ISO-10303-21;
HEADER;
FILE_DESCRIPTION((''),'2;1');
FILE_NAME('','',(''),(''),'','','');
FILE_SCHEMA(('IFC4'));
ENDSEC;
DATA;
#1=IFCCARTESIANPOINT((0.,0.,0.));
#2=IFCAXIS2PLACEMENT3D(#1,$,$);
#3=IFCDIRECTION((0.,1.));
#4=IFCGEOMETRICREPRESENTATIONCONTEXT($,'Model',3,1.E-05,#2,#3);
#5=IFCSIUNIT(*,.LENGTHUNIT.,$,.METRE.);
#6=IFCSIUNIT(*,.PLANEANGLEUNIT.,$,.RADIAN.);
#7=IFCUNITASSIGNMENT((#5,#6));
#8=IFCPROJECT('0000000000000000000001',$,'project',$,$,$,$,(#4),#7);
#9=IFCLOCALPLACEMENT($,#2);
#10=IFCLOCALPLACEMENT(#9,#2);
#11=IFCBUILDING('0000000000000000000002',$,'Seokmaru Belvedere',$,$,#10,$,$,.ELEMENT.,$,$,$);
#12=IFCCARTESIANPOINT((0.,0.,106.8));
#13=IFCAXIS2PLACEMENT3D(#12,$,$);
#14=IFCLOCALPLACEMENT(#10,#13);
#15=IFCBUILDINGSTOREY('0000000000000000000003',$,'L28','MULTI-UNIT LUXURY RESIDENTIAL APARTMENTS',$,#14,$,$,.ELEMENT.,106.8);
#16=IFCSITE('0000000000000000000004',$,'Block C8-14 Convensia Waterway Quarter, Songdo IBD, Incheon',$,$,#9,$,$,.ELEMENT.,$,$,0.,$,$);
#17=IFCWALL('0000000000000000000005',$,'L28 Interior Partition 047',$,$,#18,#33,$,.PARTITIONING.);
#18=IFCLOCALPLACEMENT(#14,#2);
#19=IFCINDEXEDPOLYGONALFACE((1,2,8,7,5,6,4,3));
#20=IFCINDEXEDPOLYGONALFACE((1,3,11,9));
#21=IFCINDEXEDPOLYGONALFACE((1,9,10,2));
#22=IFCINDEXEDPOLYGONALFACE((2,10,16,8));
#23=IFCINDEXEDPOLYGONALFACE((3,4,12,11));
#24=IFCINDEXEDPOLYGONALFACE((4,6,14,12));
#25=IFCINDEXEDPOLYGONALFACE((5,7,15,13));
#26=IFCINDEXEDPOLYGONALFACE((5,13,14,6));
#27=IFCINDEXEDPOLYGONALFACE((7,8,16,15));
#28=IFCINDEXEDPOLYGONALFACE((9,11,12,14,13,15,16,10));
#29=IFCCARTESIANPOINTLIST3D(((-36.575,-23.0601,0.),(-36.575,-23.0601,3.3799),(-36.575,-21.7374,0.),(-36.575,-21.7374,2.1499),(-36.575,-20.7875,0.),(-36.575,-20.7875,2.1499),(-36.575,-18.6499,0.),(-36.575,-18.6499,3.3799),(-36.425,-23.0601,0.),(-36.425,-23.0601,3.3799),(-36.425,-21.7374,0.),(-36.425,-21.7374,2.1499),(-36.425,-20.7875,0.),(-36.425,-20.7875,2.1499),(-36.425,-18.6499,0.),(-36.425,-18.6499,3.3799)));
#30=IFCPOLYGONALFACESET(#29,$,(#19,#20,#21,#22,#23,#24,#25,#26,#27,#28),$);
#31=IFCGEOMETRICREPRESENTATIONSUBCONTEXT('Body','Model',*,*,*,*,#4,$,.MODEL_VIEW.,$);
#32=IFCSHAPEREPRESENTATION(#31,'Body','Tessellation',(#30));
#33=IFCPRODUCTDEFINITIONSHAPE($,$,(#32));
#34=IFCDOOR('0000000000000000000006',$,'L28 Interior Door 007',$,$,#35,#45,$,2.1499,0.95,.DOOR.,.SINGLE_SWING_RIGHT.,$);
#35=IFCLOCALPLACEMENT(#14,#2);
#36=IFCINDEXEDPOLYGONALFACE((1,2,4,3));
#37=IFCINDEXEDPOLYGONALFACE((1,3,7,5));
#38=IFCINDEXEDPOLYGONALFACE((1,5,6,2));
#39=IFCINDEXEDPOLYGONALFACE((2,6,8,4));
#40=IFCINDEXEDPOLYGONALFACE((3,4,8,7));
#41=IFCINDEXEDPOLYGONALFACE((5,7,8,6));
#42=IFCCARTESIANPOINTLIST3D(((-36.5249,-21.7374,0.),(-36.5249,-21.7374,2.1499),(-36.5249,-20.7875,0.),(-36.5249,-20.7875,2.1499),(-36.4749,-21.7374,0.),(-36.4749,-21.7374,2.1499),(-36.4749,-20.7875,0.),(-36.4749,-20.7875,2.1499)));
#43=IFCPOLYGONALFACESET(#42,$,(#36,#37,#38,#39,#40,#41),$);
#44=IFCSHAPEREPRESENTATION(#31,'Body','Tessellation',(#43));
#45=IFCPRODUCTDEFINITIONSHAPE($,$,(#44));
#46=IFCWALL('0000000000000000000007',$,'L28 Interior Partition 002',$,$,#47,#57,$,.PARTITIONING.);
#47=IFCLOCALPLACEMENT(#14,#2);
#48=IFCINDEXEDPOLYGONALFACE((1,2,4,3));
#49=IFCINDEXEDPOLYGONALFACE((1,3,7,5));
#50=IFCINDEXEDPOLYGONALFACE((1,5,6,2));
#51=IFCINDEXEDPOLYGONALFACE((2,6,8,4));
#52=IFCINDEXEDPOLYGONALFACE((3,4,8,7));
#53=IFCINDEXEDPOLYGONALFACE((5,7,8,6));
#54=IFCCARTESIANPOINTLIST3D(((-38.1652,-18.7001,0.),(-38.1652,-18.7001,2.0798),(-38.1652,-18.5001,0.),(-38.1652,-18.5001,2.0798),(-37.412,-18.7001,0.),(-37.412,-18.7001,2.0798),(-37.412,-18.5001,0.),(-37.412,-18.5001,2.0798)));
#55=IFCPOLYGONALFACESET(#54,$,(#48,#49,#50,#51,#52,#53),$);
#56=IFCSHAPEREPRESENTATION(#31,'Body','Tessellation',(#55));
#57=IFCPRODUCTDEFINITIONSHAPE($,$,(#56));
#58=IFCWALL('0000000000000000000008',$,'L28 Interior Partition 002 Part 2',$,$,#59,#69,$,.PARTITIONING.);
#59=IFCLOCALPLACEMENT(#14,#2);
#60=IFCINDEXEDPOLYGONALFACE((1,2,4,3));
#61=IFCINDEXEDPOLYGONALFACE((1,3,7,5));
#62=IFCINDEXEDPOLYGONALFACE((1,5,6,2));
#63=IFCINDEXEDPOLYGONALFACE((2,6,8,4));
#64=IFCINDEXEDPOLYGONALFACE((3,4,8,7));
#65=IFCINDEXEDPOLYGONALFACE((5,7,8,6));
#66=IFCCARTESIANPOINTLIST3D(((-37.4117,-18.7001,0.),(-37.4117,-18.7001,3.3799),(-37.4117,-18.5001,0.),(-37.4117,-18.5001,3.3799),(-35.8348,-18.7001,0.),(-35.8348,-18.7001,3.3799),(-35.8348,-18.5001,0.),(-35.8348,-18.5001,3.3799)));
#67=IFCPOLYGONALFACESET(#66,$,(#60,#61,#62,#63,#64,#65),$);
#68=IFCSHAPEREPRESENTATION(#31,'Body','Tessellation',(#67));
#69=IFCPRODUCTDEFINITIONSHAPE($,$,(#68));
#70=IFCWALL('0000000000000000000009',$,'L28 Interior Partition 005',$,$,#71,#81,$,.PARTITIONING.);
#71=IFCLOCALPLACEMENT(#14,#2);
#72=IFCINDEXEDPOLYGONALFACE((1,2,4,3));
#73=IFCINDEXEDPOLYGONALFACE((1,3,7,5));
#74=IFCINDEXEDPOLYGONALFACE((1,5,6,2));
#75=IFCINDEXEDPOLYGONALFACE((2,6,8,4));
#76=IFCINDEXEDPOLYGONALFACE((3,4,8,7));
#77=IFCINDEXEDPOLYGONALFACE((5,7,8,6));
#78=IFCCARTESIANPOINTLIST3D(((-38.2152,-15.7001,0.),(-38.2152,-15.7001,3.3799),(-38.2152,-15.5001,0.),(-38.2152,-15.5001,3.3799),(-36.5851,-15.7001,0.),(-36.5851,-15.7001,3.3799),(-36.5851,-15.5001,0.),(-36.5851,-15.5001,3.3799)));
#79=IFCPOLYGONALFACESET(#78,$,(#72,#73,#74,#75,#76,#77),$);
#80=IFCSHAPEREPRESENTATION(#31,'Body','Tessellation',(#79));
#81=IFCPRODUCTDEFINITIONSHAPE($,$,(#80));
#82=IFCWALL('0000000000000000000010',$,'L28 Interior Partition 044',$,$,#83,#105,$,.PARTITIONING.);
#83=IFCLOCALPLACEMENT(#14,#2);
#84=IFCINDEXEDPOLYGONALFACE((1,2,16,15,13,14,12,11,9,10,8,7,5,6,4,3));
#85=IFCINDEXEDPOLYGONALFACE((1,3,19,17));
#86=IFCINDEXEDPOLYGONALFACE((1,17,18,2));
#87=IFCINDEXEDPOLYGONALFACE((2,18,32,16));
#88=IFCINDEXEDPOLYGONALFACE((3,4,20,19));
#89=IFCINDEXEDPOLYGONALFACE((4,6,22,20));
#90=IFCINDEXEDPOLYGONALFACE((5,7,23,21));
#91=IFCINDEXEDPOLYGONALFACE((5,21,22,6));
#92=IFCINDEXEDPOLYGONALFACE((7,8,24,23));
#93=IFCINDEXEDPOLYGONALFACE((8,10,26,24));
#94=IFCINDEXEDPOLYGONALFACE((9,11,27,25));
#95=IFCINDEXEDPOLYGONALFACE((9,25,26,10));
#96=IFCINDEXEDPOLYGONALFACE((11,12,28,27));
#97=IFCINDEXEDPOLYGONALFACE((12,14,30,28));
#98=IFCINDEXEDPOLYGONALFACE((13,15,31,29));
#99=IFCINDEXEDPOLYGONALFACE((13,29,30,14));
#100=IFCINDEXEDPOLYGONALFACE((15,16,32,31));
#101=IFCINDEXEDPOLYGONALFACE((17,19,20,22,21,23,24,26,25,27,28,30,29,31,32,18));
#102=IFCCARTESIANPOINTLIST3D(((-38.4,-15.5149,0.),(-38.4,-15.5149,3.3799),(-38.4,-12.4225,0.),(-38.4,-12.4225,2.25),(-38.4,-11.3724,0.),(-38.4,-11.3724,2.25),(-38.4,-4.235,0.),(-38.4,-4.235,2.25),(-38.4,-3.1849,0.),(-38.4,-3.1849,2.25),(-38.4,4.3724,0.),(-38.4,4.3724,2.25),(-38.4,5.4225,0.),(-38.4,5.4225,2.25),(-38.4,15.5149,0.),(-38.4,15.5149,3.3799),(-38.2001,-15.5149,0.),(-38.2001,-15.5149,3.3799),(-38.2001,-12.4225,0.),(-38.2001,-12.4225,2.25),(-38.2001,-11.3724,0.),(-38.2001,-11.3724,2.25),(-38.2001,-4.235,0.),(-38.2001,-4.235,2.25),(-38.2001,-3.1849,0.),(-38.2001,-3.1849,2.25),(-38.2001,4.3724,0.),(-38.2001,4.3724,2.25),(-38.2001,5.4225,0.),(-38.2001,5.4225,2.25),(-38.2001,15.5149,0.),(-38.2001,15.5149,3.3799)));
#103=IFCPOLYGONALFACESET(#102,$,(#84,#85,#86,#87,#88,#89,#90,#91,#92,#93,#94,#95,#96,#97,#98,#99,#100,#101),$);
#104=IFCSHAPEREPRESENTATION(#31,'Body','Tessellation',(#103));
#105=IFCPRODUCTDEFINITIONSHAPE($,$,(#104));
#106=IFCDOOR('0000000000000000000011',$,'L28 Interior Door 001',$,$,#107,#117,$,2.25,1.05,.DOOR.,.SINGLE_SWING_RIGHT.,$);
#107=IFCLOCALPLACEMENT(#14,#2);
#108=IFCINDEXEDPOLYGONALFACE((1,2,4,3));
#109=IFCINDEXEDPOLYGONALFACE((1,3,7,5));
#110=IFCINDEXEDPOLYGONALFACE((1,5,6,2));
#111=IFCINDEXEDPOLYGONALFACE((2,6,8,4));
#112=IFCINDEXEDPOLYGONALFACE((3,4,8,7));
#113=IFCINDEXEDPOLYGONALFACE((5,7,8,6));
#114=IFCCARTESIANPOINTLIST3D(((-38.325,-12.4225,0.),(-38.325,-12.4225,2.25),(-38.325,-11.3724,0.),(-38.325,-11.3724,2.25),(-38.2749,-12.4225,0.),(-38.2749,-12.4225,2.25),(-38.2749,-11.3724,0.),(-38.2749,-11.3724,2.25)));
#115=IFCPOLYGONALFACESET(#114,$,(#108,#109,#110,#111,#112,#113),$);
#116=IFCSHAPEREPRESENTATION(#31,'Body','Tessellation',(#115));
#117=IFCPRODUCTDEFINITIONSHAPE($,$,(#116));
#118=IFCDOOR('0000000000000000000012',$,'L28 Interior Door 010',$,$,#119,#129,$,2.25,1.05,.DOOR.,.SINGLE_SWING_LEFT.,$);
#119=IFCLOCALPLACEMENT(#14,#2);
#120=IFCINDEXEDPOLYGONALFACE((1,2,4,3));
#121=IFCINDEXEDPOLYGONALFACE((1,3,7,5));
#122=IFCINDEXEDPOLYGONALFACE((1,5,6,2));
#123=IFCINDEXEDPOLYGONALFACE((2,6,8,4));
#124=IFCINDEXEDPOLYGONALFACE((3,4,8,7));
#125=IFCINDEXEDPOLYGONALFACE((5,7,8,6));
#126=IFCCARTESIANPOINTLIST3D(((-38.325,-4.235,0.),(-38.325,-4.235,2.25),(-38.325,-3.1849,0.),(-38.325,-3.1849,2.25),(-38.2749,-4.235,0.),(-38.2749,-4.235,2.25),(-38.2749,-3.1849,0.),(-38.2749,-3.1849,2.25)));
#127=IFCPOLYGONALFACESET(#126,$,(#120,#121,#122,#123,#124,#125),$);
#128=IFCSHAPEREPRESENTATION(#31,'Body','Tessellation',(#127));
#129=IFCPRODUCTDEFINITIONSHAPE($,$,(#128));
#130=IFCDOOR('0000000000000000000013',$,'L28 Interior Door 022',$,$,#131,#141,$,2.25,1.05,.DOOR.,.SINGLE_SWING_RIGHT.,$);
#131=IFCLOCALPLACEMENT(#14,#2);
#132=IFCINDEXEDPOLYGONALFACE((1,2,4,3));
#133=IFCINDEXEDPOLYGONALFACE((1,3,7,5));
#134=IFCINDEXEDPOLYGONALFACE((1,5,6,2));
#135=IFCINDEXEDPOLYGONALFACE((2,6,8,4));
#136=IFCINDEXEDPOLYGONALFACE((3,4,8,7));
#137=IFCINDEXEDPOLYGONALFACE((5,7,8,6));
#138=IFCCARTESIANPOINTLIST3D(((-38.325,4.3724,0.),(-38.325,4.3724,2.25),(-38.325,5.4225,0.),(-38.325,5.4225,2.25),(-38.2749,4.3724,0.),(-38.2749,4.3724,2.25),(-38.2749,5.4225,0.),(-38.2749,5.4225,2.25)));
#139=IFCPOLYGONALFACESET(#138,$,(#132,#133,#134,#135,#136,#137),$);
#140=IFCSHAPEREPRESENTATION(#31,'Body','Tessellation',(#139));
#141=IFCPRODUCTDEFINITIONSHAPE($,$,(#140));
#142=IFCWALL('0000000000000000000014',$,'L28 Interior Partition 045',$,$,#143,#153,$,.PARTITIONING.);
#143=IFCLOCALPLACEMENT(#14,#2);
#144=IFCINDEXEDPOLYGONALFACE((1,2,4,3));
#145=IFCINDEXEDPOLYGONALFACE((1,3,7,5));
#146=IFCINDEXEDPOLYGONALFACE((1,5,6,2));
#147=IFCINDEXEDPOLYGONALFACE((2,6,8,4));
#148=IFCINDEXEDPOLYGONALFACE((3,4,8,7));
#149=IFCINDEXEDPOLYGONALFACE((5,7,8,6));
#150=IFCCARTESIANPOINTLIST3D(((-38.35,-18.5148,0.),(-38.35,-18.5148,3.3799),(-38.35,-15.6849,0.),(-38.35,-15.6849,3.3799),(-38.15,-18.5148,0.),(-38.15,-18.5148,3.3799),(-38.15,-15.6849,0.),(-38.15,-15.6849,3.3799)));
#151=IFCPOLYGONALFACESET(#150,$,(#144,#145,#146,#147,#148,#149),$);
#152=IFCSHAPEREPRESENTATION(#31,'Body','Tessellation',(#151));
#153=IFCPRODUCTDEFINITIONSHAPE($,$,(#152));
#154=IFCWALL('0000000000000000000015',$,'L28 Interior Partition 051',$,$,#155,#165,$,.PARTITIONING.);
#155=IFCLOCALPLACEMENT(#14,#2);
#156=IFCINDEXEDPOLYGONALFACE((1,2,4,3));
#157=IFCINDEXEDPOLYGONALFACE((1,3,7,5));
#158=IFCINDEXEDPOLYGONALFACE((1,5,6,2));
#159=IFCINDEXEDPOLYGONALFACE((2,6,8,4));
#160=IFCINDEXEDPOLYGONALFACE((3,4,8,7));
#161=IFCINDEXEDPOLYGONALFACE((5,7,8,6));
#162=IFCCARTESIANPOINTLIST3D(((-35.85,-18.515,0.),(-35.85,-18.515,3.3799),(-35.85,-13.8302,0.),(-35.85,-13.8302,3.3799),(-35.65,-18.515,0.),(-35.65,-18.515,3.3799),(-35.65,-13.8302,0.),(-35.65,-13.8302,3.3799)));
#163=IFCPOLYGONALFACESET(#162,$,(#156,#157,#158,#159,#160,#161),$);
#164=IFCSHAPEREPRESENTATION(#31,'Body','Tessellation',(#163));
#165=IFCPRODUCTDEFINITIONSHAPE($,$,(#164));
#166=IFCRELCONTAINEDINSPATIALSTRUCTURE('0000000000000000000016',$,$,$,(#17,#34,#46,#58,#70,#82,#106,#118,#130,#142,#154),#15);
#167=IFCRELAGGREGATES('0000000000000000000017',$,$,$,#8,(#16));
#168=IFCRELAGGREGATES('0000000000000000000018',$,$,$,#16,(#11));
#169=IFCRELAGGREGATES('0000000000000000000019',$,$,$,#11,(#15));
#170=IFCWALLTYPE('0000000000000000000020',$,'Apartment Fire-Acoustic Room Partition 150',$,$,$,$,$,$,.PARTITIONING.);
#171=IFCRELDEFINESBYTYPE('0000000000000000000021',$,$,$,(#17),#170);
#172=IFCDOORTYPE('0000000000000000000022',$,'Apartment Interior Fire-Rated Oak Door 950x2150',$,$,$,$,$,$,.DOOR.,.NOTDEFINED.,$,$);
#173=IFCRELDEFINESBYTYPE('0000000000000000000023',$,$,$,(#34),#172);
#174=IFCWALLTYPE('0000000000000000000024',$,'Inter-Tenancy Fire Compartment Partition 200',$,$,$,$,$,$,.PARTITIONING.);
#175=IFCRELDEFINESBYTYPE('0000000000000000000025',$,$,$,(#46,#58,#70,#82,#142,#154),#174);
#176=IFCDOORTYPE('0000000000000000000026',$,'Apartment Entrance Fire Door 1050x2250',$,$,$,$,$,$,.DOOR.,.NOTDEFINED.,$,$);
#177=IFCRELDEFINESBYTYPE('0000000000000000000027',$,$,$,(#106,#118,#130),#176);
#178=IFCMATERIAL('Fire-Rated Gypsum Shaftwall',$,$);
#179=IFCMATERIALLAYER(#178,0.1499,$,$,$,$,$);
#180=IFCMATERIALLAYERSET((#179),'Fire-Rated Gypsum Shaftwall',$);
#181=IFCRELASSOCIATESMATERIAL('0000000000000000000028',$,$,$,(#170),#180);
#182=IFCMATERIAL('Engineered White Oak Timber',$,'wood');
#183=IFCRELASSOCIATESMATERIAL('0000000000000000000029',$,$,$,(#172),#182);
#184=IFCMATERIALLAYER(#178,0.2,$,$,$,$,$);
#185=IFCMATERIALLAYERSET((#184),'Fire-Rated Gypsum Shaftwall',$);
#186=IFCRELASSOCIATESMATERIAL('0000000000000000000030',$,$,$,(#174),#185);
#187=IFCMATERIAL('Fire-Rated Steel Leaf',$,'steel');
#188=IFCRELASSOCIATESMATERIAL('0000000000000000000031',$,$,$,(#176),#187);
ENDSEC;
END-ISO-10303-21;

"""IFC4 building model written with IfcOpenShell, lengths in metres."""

from ifc_helpers import new_model, si_unit, direction, frame, frame_2d, origin, place, context, subcontext, project, spatial, rectangle, extrude, source, transform, mapped, material, layer, layer_set, type_object, type_shapes, element, fill, save


model = new_model("IFC4")

# Units and contexts
model_context = context("Model", 3, precision=1e-05, world=origin(), true_north=direction((0.0, 1.0)))
body_context = subcontext(model_context, "Body", "Model", "MODEL_VIEW")
ifc_project = project(units=[si_unit("LENGTHUNIT", "METRE"), si_unit("PLANEANGLEUNIT", "RADIAN")], contexts=[model_context])

# Site, building, storey
site_placement = place(None, origin())
site = spatial("IfcSite", under=ifc_project, at=site_placement, Name="Block C8-14 Convensia Waterway Quarter, Songdo IBD, Incheon", CompositionType="ELEMENT", RefElevation=0.0)
building_placement = place(site_placement, origin())
building = spatial("IfcBuilding", under=site, at=building_placement, Name="Seokmaru Belvedere", CompositionType="ELEMENT")
storey_placement = place(building_placement, frame((0.0, 0.0, 106.8)))
storey = spatial("IfcBuildingStorey", under=building, at=storey_placement, Name="L28", Description="MULTI-UNIT LUXURY RESIDENTIAL APARTMENTS", CompositionType="ELEMENT", Elevation=106.8)

# Shared definitions
ifc_material_1 = material(Name="Fire-Rated Gypsum Shaftwall")
ifc_layer_1 = layer(ifc_material_1, 0.1499)
ifc_layer_set_1 = layer_set([ifc_layer_1], Name="Fire-Rated Gypsum Shaftwall")
wall_type_1 = type_object("IfcWallType", Name="Apartment Fire-Acoustic Room Partition 150", PredefinedType="PARTITIONING", material=ifc_layer_set_1)

# Wall, opening, door
wall_1_placement = place(storey_placement, frame((-36.5, -23.0601, 0.0), z_axis=(0.0, 0.0, 1.0), x_axis=(0.0, 1.0, 0.0)))
wall_1 = element("IfcWall", 1, at=wall_1_placement, inside=storey, type_object=wall_type_1, Name="L28 Interior Partition 047", PredefinedType="PARTITIONING", context=body_context, shape_type="SweptSolid", body=[
    extrude(rectangle(XDim=4.4102, YDim=0.1499, at=frame_2d((2.2051, 0.0))), origin(), (0.0, 0.0, 1.0), 3.3799),
])
opening_1_placement = place(wall_1_placement, frame((1.3225, 0.0, 0.0)))
opening_1 = element("IfcOpeningElement", 2, at=opening_1_placement, cuts=wall_1, PredefinedType="OPENING", context=body_context, shape_type="SweptSolid", body=[
    extrude(rectangle(XDim=0.95, YDim=2.1499, at=frame_2d((0.4751, 1.075))), frame((0.0, 0.085, 0.0), z_axis=(0.0, -1.0, 0.0), x_axis=(1.0, 0.0, 0.0)), (0.0, 0.0, 1.0), 0.1699),
])
ifc_material_2 = material(Name="Engineered White Oak Timber", Category="wood")
door_type_1 = type_object("IfcDoorType", Name="Apartment Interior Fire-Rated Oak Door 950x2150", OperationType="NOTDEFINED", PredefinedType="DOOR", material=ifc_material_2)
shared_shape_1 = source(origin(), body_context, "Body", "SweptSolid", [
    extrude(rectangle(XDim=0.95, YDim=2.1499, at=frame_2d((0.4751, 1.075))), frame((0.0, 0.0249, 0.0), z_axis=(0.0, -1.0, 0.0), x_axis=(1.0, 0.0, 0.0)), (0.0, 0.0, 1.0), 0.05),
])
type_shapes(door_type_1, [shared_shape_1])
door_1_placement = place(opening_1_placement, origin())
door_1 = element("IfcDoor", 3, at=door_1_placement, inside=storey, type_object=door_type_1, Name="L28 Interior Door 007", OperationType="SINGLE_SWING_RIGHT", OverallHeight=2.1499, OverallWidth=0.95, PredefinedType="DOOR", context=body_context, shape_type="MappedRepresentation", body=[
    mapped(shared_shape_1, transform((0.0, 0.0, 0.0), scale=1.0)),
])
fill(opening_1, door_1)

# Walls
ifc_layer_2 = layer(ifc_material_1, 0.2)
ifc_layer_set_2 = layer_set([ifc_layer_2], Name="Fire-Rated Gypsum Shaftwall")
wall_type_2 = type_object("IfcWallType", Name="Inter-Tenancy Fire Compartment Partition 200", PredefinedType="PARTITIONING", material=ifc_layer_set_2)
wall_2_placement = place(storey_placement, frame((-38.165, -18.6001, 0.0), z_axis=(0.0, 0.0, 1.0), x_axis=(1.0, 0.0, 0.0)))
element("IfcWall", 4, at=wall_2_placement, inside=storey, type_object=wall_type_2, Name="L28 Interior Partition 002", PredefinedType="PARTITIONING", context=body_context, shape_type="SweptSolid", body=[
    extrude(rectangle(XDim=0.7532, YDim=0.2, at=frame_2d((0.3765, 0.0))), origin(), (0.0, 0.0, 1.0), 2.0798),
])
wall_3_placement = place(storey_placement, frame((-37.4119, -18.6001, 0.0), z_axis=(0.0, 0.0, 1.0), x_axis=(1.0, 0.0, 0.0)))
element("IfcWall", 5, at=wall_3_placement, inside=storey, type_object=wall_type_2, Name="L28 Interior Partition 002 Part 2", PredefinedType="PARTITIONING", context=body_context, shape_type="SweptSolid", body=[
    extrude(rectangle(XDim=1.5769, YDim=0.2, at=frame_2d((0.7886, 0.0))), origin(), (0.0, 0.0, 1.0), 3.3799),
])
wall_4_placement = place(storey_placement, frame((-38.2151, -15.6001, 0.0), z_axis=(0.0, 0.0, 1.0), x_axis=(1.0, 0.0, 0.0)))
element("IfcWall", 6, at=wall_4_placement, inside=storey, type_object=wall_type_2, Name="L28 Interior Partition 005", PredefinedType="PARTITIONING", context=body_context, shape_type="SweptSolid", body=[
    extrude(rectangle(XDim=1.6301, YDim=0.2, at=frame_2d((0.8149, 0.0))), origin(), (0.0, 0.0, 1.0), 3.3799),
])

# Wall, openings, doors
wall_5_placement = place(storey_placement, frame((-38.3, -15.5149, 0.0), z_axis=(0.0, 0.0, 1.0), x_axis=(0.0, 1.0, 0.0)))
wall_5 = element("IfcWall", 7, at=wall_5_placement, inside=storey, type_object=wall_type_2, Name="L28 Interior Partition 044", PredefinedType="PARTITIONING", context=body_context, shape_type="SweptSolid", body=[
    extrude(rectangle(XDim=31.0298, YDim=0.2, at=frame_2d((15.5149, 0.0))), origin(), (0.0, 0.0, 1.0), 3.3799),
])
opening_2_placement = place(wall_5_placement, frame((3.0925, 0.0, 0.0)))
opening_2 = element("IfcOpeningElement", 8, at=opening_2_placement, cuts=wall_5, PredefinedType="OPENING", context=body_context, shape_type="SweptSolid", body=[
    extrude(rectangle(XDim=1.05, YDim=2.25, at=frame_2d((0.5249, 1.125))), frame((0.0, 0.1099, 0.0), z_axis=(0.0, -1.0, 0.0), x_axis=(1.0, 0.0, 0.0)), (0.0, 0.0, 1.0), 0.22),
])
opening_3_placement = place(wall_5_placement, frame((11.28, 0.0, 0.0)))
opening_3 = element("IfcOpeningElement", 9, at=opening_3_placement, cuts=wall_5, PredefinedType="OPENING", context=body_context, shape_type="SweptSolid", body=[
    extrude(rectangle(XDim=1.05, YDim=2.25, at=frame_2d((0.5249, 1.125))), frame((0.0, 0.1099, 0.0), z_axis=(0.0, -1.0, 0.0), x_axis=(1.0, 0.0, 0.0)), (0.0, 0.0, 1.0), 0.22),
])
opening_4_placement = place(wall_5_placement, frame((19.8875, 0.0, 0.0)))
opening_4 = element("IfcOpeningElement", 10, at=opening_4_placement, cuts=wall_5, PredefinedType="OPENING", context=body_context, shape_type="SweptSolid", body=[
    extrude(rectangle(XDim=1.05, YDim=2.25, at=frame_2d((0.5249, 1.125))), frame((0.0, 0.1099, 0.0), z_axis=(0.0, -1.0, 0.0), x_axis=(1.0, 0.0, 0.0)), (0.0, 0.0, 1.0), 0.22),
])
ifc_material_3 = material(Name="Fire-Rated Steel Leaf", Category="steel")
door_type_2 = type_object("IfcDoorType", Name="Apartment Entrance Fire Door 1050x2250", OperationType="NOTDEFINED", PredefinedType="DOOR", material=ifc_material_3)
shared_shape_2 = source(origin(), body_context, "Body", "SweptSolid", [
    extrude(rectangle(XDim=1.05, YDim=2.25, at=frame_2d((0.5249, 1.125))), frame((0.0, 0.0249, 0.0), z_axis=(0.0, -1.0, 0.0), x_axis=(1.0, 0.0, 0.0)), (0.0, 0.0, 1.0), 0.05),
])
type_shapes(door_type_2, [shared_shape_2])
door_2_placement = place(opening_2_placement, origin())
door_2 = element("IfcDoor", 11, at=door_2_placement, inside=storey, type_object=door_type_2, Name="L28 Interior Door 001", OperationType="SINGLE_SWING_RIGHT", OverallHeight=2.25, OverallWidth=1.05, PredefinedType="DOOR", context=body_context, shape_type="MappedRepresentation", body=[
    mapped(shared_shape_2, transform((0.0, 0.0, 0.0), scale=1.0)),
])
fill(opening_2, door_2)
door_3_placement = place(opening_3_placement, origin())
door_3 = element("IfcDoor", 12, at=door_3_placement, inside=storey, type_object=door_type_2, Name="L28 Interior Door 010", OperationType="SINGLE_SWING_LEFT", OverallHeight=2.25, OverallWidth=1.05, PredefinedType="DOOR", context=body_context, shape_type="MappedRepresentation", body=[
    mapped(shared_shape_2, transform((0.0, 0.0, 0.0), scale=1.0)),
])
fill(opening_3, door_3)
door_4_placement = place(opening_4_placement, origin())
door_4 = element("IfcDoor", 13, at=door_4_placement, inside=storey, type_object=door_type_2, Name="L28 Interior Door 022", OperationType="SINGLE_SWING_RIGHT", OverallHeight=2.25, OverallWidth=1.05, PredefinedType="DOOR", context=body_context, shape_type="MappedRepresentation", body=[
    mapped(shared_shape_2, transform((0.0, 0.0, 0.0), scale=1.0)),
])
fill(opening_4, door_4)

# Walls
wall_6_placement = place(storey_placement, frame((-38.25, -18.5149, 0.0), z_axis=(0.0, 0.0, 1.0), x_axis=(0.0, 1.0, 0.0)))
element("IfcWall", 14, at=wall_6_placement, inside=storey, type_object=wall_type_2, Name="L28 Interior Partition 045", PredefinedType="PARTITIONING", context=body_context, shape_type="SweptSolid", body=[
    extrude(rectangle(XDim=2.8298, YDim=0.2, at=frame_2d((1.415, 0.0))), origin(), (0.0, 0.0, 1.0), 3.3799),
])
wall_7_placement = place(storey_placement, frame((-35.75, -18.5149, 0.0), z_axis=(0.0, 0.0, 1.0), x_axis=(0.0, 1.0, 0.0)))
element("IfcWall", 15, at=wall_7_placement, inside=storey, type_object=wall_type_2, Name="L28 Interior Partition 051", PredefinedType="PARTITIONING", context=body_context, shape_type="SweptSolid", body=[
    extrude(rectangle(XDim=4.6848, YDim=0.2, at=frame_2d((2.3423, 0.0))), origin(), (0.0, 0.0, 1.0), 3.3799),
])

save(model, "model.ifc")
